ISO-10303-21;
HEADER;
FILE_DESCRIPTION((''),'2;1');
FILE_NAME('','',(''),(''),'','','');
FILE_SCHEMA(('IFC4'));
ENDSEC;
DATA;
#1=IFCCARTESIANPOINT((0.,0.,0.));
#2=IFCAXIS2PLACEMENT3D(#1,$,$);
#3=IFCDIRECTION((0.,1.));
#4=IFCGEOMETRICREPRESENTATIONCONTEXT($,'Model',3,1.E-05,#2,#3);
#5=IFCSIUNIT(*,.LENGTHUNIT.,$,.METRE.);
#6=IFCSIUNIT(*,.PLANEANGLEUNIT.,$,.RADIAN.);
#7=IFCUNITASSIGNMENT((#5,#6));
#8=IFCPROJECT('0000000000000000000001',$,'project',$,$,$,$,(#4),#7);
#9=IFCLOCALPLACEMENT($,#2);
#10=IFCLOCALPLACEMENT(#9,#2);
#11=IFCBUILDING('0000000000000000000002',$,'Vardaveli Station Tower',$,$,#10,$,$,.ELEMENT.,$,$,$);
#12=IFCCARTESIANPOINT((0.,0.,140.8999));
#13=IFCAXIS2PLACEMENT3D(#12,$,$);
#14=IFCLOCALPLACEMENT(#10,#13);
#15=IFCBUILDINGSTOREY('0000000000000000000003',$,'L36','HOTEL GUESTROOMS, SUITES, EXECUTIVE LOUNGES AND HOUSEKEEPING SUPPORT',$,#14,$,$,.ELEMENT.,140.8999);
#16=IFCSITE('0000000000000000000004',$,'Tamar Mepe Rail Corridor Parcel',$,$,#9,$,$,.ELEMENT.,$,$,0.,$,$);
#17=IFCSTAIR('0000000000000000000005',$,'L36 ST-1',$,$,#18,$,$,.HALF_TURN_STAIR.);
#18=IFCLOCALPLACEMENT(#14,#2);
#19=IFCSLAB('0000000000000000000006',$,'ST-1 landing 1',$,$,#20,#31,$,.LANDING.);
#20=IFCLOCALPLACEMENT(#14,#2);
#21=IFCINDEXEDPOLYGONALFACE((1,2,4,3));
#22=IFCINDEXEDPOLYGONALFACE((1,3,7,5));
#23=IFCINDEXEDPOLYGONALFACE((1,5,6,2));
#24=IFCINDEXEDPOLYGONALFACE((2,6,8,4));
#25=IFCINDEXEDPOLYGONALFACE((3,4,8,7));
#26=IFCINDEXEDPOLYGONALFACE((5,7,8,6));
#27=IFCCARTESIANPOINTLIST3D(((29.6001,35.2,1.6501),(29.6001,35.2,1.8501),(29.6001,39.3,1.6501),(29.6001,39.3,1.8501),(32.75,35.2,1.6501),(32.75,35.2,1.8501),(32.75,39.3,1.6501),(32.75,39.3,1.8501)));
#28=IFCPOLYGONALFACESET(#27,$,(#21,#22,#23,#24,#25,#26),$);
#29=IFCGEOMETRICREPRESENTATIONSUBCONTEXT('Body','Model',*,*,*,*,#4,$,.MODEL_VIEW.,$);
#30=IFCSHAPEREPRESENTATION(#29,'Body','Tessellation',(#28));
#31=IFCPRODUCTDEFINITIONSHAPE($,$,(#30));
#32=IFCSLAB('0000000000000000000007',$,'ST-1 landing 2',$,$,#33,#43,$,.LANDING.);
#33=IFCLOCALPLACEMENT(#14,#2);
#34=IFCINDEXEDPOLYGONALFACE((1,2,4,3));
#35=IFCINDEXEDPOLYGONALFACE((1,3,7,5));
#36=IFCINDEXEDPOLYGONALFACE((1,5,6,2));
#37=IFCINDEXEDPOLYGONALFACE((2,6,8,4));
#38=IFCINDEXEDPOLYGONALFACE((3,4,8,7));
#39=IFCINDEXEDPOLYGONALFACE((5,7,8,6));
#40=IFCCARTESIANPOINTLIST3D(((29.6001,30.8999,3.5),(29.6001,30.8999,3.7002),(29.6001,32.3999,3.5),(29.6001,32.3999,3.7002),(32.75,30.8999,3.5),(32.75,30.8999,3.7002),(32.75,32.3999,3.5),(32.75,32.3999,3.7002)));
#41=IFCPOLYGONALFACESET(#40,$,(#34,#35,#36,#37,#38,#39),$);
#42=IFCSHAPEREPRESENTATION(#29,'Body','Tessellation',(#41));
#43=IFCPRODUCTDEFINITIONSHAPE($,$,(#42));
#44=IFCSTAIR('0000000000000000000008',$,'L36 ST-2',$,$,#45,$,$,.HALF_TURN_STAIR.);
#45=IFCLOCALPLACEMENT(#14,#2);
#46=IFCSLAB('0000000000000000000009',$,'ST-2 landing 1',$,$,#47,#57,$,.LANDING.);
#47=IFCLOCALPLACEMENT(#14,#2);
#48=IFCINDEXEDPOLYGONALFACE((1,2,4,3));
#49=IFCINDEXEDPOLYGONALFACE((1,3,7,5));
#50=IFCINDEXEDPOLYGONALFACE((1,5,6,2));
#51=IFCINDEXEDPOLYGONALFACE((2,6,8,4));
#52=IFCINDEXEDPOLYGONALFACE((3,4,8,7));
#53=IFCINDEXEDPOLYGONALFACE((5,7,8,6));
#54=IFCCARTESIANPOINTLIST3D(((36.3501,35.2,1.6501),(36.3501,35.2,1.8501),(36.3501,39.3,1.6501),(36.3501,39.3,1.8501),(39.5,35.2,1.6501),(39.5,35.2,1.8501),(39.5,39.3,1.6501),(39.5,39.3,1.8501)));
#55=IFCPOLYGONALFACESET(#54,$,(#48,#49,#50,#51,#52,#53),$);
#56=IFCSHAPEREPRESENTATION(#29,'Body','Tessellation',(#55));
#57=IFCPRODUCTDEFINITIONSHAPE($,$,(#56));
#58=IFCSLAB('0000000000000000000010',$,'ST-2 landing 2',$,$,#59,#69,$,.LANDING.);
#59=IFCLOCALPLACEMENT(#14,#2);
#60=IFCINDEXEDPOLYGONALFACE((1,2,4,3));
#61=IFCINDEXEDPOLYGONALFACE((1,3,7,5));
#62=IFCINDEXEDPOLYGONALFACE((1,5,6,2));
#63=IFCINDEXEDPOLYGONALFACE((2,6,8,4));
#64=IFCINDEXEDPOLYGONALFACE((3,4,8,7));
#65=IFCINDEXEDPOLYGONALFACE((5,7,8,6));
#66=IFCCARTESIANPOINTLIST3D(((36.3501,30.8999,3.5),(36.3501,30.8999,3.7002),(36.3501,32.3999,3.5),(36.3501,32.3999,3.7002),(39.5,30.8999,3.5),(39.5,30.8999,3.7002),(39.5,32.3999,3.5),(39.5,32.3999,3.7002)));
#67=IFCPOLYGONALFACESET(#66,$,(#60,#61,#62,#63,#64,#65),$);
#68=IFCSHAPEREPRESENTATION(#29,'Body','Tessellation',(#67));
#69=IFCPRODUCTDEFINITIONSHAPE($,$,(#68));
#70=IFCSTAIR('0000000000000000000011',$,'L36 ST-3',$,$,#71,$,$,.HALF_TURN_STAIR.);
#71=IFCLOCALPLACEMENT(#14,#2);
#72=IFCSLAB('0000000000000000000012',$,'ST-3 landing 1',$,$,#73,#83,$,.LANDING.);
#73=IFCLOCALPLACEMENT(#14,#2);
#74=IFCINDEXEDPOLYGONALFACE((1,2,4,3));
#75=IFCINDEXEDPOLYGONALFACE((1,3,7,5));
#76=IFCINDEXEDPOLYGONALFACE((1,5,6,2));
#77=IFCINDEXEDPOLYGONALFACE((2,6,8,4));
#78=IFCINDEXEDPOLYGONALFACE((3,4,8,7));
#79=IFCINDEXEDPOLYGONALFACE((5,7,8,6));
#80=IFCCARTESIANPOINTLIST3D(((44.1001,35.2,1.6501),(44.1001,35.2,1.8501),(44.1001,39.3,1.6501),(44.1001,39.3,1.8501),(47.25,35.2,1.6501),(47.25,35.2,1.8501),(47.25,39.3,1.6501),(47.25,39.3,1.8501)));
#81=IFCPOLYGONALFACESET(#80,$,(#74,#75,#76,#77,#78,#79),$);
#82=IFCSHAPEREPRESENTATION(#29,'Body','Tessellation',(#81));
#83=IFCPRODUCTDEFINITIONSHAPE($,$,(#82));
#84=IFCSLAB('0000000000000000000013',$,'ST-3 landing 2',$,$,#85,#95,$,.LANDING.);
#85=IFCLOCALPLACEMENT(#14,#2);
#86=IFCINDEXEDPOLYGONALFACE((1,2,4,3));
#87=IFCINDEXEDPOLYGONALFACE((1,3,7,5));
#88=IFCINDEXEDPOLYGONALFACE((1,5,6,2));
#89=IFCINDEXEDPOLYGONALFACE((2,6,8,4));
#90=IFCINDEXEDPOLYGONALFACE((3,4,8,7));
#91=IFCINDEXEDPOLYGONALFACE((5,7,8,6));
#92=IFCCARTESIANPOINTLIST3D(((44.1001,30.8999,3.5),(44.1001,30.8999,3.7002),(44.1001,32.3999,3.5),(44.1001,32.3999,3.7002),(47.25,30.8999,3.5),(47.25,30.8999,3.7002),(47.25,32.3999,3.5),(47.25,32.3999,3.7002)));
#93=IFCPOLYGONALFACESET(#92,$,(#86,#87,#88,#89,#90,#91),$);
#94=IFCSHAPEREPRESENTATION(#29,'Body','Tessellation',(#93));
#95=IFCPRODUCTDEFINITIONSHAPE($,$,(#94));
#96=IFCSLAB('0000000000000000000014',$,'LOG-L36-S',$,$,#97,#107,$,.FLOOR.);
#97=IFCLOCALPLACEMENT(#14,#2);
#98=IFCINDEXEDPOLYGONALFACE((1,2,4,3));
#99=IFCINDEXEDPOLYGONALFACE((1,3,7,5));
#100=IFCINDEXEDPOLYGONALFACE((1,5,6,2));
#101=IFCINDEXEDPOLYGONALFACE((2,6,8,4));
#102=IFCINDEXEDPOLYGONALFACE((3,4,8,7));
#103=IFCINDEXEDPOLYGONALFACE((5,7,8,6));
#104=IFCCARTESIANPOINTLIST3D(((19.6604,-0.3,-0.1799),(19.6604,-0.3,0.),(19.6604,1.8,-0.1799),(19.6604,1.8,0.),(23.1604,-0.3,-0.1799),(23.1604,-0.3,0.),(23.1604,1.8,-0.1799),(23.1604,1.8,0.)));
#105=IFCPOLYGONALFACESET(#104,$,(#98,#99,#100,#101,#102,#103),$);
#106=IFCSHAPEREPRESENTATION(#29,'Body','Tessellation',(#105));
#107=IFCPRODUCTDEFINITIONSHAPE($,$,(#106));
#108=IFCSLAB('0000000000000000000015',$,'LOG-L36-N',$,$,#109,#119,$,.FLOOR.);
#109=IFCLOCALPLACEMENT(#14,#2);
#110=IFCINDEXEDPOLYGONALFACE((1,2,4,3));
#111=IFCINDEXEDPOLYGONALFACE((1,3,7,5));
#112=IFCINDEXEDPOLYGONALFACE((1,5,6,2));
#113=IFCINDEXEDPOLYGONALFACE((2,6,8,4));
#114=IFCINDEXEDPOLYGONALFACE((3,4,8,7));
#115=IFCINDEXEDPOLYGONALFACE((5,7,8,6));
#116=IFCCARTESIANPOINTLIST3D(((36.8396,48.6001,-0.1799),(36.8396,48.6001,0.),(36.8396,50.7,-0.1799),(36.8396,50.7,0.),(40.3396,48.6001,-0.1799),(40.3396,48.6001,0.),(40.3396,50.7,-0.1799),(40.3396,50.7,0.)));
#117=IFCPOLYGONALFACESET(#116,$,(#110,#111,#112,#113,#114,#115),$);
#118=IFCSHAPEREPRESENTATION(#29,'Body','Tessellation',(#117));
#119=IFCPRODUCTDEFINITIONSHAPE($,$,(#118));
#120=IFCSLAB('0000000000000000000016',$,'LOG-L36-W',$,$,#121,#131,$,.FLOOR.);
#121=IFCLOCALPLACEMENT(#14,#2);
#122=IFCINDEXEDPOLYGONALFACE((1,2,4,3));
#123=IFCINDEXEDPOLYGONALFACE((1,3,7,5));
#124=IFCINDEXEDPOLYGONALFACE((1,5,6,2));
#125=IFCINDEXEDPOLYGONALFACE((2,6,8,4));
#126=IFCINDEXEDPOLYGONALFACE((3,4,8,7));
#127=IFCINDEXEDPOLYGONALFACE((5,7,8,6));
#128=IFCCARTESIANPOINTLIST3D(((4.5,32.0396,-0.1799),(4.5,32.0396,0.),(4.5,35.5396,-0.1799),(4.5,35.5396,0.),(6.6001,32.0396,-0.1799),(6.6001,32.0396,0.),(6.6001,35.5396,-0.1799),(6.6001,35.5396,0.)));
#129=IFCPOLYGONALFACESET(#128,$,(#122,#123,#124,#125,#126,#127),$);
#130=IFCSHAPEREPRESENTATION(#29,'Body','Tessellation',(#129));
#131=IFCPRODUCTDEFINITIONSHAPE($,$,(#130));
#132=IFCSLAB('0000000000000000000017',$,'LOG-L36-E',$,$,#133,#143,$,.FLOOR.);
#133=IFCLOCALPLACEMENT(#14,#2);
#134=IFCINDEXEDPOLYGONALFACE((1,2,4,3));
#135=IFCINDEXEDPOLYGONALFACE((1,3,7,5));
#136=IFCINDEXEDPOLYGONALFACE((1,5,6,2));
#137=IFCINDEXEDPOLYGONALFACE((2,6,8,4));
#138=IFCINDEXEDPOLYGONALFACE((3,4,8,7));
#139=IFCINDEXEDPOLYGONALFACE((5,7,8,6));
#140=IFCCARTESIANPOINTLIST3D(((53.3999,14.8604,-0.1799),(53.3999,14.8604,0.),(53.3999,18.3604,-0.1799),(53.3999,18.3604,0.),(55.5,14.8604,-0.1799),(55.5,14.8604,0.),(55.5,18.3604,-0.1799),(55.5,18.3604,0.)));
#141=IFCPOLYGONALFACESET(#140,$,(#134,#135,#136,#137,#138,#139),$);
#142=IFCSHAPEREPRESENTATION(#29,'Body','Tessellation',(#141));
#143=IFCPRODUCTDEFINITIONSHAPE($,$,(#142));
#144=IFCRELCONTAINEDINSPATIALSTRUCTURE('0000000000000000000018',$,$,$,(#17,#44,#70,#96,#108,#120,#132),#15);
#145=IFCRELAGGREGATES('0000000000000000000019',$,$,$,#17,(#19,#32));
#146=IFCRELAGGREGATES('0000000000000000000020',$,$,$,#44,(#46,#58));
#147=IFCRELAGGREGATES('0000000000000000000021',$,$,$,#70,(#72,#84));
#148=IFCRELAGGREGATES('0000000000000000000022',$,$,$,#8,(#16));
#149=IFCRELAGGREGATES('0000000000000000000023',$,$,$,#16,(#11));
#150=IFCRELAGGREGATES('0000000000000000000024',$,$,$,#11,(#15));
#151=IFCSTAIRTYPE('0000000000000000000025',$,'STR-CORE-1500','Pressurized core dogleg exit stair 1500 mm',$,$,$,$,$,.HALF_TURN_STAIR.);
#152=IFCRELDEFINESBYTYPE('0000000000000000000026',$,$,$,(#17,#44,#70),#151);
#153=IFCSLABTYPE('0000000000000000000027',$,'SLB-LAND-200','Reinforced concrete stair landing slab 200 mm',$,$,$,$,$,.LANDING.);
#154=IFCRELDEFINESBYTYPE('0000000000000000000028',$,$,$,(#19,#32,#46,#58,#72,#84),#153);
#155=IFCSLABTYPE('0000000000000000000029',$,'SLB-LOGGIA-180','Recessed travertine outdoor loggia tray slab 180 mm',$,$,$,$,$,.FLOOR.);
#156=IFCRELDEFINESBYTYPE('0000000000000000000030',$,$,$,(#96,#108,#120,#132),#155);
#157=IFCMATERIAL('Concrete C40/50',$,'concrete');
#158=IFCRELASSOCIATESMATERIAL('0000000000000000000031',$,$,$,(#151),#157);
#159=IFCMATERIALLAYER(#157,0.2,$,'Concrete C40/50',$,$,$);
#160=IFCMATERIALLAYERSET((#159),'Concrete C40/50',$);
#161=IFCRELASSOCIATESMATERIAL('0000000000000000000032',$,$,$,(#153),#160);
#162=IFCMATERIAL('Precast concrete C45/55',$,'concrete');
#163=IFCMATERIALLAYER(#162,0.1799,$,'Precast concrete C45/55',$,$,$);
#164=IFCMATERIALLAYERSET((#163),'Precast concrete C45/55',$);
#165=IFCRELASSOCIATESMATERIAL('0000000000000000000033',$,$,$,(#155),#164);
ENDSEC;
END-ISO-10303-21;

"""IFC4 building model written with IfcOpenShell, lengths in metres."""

from ifc_helpers import new_model, si_unit, direction, frame, origin, place, context, subcontext, project, spatial, polyline, outline, extrude, material, layer, layer_set, type_object, element, aggregate, save


model = new_model("IFC4")

# Units and contexts
model_context = context("Model", 3, precision=1e-05, world=origin(), true_north=direction((0.0, 1.0)))
body_context = subcontext(model_context, "Body", "Model", "MODEL_VIEW")
ifc_project = project(units=[si_unit("LENGTHUNIT", "METRE"), si_unit("PLANEANGLEUNIT", "RADIAN")], contexts=[model_context])

# Site, building, storey
site_placement = place(None, origin())
site = spatial("IfcSite", under=ifc_project, at=site_placement, Name="Tamar Mepe Rail Corridor Parcel", CompositionType="ELEMENT", RefElevation=0.0)
building_placement = place(site_placement, origin())
building = spatial("IfcBuilding", under=site, at=building_placement, Name="Vardaveli Station Tower", CompositionType="ELEMENT")
storey_placement = place(building_placement, frame((0.0, 0.0, 140.8999)))
storey = spatial("IfcBuildingStorey", under=building, at=storey_placement, Name="L36", Description="HOTEL GUESTROOMS, SUITES, EXECUTIVE LOUNGES AND HOUSEKEEPING SUPPORT", CompositionType="ELEMENT", Elevation=140.8999)

# Stairs, slabs
ifc_material_1 = material(Name="Concrete C40/50", Category="concrete")
stair_type = type_object("IfcStairType", Name="STR-CORE-1500", Description="Pressurized core dogleg exit stair 1500 mm", PredefinedType="HALF_TURN_STAIR", material=ifc_material_1)
stair_1_placement = place(storey_placement, origin())
stair_1 = element("IfcStair", 1, at=stair_1_placement, inside=storey, type_object=stair_type, Name="L36 ST-1", PredefinedType="HALF_TURN_STAIR")
ifc_layer_1 = layer(ifc_material_1, 0.2, Name="Concrete C40/50")
ifc_layer_set_1 = layer_set([ifc_layer_1], Name="Concrete C40/50")
slab_type_1 = type_object("IfcSlabType", Name="SLB-LAND-200", Description="Reinforced concrete stair landing slab 200 mm", PredefinedType="LANDING", material=ifc_layer_set_1)
slab_1_placement = place(storey_placement, frame((0.0, 0.0, 1.6501)))
slab_1 = element("IfcSlab", 2, at=slab_1_placement, type_object=slab_type_1, Name="ST-1 landing 1", PredefinedType="LANDING", context=body_context, shape_type="SweptSolid", body=[
    extrude(outline(polyline([(32.75, 35.2), (32.75, 39.3), (29.6001, 39.3), (29.6001, 35.2), (32.75, 35.2)])), origin(), (0.0, 0.0, 1.0), 0.2),
])
slab_2_placement = place(storey_placement, frame((0.0, 0.0, 3.5)))
slab_2 = element("IfcSlab", 3, at=slab_2_placement, type_object=slab_type_1, Name="ST-1 landing 2", PredefinedType="LANDING", context=body_context, shape_type="SweptSolid", body=[
    extrude(outline(polyline([(32.75, 30.8999), (32.75, 32.3999), (29.6001, 32.3999), (29.6001, 30.8999), (32.75, 30.8999)])), origin(), (0.0, 0.0, 1.0), 0.2002),
])
aggregate(stair_1, [slab_1, slab_2])
stair_2_placement = place(storey_placement, origin())
stair_2 = element("IfcStair", 4, at=stair_2_placement, inside=storey, type_object=stair_type, Name="L36 ST-2", PredefinedType="HALF_TURN_STAIR")
slab_3_placement = place(storey_placement, frame((0.0, 0.0, 1.6501)))
slab_3 = element("IfcSlab", 5, at=slab_3_placement, type_object=slab_type_1, Name="ST-2 landing 1", PredefinedType="LANDING", context=body_context, shape_type="SweptSolid", body=[
    extrude(outline(polyline([(39.5, 35.2), (39.5, 39.3), (36.3501, 39.3), (36.3501, 35.2), (39.5, 35.2)])), origin(), (0.0, 0.0, 1.0), 0.2),
])
slab_4_placement = place(storey_placement, frame((0.0, 0.0, 3.5)))
slab_4 = element("IfcSlab", 6, at=slab_4_placement, type_object=slab_type_1, Name="ST-2 landing 2", PredefinedType="LANDING", context=body_context, shape_type="SweptSolid", body=[
    extrude(outline(polyline([(39.5, 30.8999), (39.5, 32.3999), (36.3501, 32.3999), (36.3501, 30.8999), (39.5, 30.8999)])), origin(), (0.0, 0.0, 1.0), 0.2002),
])
aggregate(stair_2, [slab_3, slab_4])
stair_3_placement = place(storey_placement, origin())
stair_3 = element("IfcStair", 7, at=stair_3_placement, inside=storey, type_object=stair_type, Name="L36 ST-3", PredefinedType="HALF_TURN_STAIR")
slab_5_placement = place(storey_placement, frame((0.0, 0.0, 1.6501)))
slab_5 = element("IfcSlab", 8, at=slab_5_placement, type_object=slab_type_1, Name="ST-3 landing 1", PredefinedType="LANDING", context=body_context, shape_type="SweptSolid", body=[
    extrude(outline(polyline([(47.25, 35.2), (47.25, 39.3), (44.1001, 39.3), (44.1001, 35.2), (47.25, 35.2)])), origin(), (0.0, 0.0, 1.0), 0.2),
])
slab_6_placement = place(storey_placement, frame((0.0, 0.0, 3.5)))
slab_6 = element("IfcSlab", 9, at=slab_6_placement, type_object=slab_type_1, Name="ST-3 landing 2", PredefinedType="LANDING", context=body_context, shape_type="SweptSolid", body=[
    extrude(outline(polyline([(47.25, 30.8999), (47.25, 32.3999), (44.1001, 32.3999), (44.1001, 30.8999), (47.25, 30.8999)])), origin(), (0.0, 0.0, 1.0), 0.2002),
])
aggregate(stair_3, [slab_5, slab_6])

# Slabs
ifc_material_2 = material(Name="Precast concrete C45/55", Category="concrete")
ifc_layer_2 = layer(ifc_material_2, 0.1799, Name="Precast concrete C45/55")
ifc_layer_set_2 = layer_set([ifc_layer_2], Name="Precast concrete C45/55")
slab_type_2 = type_object("IfcSlabType", Name="SLB-LOGGIA-180", Description="Recessed travertine outdoor loggia tray slab 180 mm", PredefinedType="FLOOR", material=ifc_layer_set_2)
slab_7_placement = place(storey_placement, frame((0.0, 0.0, -0.1799)))
element("IfcSlab", 10, at=slab_7_placement, inside=storey, type_object=slab_type_2, Name="LOG-L36-S", PredefinedType="FLOOR", context=body_context, shape_type="SweptSolid", body=[
    extrude(outline(polyline([(19.6604, -0.3), (23.1604, -0.3), (23.1604, 1.8), (19.6604, 1.8), (19.6604, -0.3)])), origin(), (0.0, 0.0, 1.0), 0.1799),
])
slab_8_placement = place(storey_placement, frame((0.0, 0.0, -0.1799)))
element("IfcSlab", 11, at=slab_8_placement, inside=storey, type_object=slab_type_2, Name="LOG-L36-N", PredefinedType="FLOOR", context=body_context, shape_type="SweptSolid", body=[
    extrude(outline(polyline([(36.8396, 48.6001), (40.3396, 48.6001), (40.3396, 50.7), (36.8396, 50.7), (36.8396, 48.6001)])), origin(), (0.0, 0.0, 1.0), 0.1799),
])
slab_9_placement = place(storey_placement, frame((0.0, 0.0, -0.1799)))
element("IfcSlab", 12, at=slab_9_placement, inside=storey, type_object=slab_type_2, Name="LOG-L36-W", PredefinedType="FLOOR", context=body_context, shape_type="SweptSolid", body=[
    extrude(outline(polyline([(4.5, 32.0396), (6.6001, 32.0396), (6.6001, 35.5396), (4.5, 35.5396), (4.5, 32.0396)])), origin(), (0.0, 0.0, 1.0), 0.1799),
])
slab_10_placement = place(storey_placement, frame((0.0, 0.0, -0.1799)))
element("IfcSlab", 13, at=slab_10_placement, inside=storey, type_object=slab_type_2, Name="LOG-L36-E", PredefinedType="FLOOR", context=body_context, shape_type="SweptSolid", body=[
    extrude(outline(polyline([(53.3999, 14.8604), (55.5, 14.8604), (55.5, 18.3604), (53.3999, 18.3604), (53.3999, 14.8604)])), origin(), (0.0, 0.0, 1.0), 0.1799),
])

save(model, "model.ifc")
